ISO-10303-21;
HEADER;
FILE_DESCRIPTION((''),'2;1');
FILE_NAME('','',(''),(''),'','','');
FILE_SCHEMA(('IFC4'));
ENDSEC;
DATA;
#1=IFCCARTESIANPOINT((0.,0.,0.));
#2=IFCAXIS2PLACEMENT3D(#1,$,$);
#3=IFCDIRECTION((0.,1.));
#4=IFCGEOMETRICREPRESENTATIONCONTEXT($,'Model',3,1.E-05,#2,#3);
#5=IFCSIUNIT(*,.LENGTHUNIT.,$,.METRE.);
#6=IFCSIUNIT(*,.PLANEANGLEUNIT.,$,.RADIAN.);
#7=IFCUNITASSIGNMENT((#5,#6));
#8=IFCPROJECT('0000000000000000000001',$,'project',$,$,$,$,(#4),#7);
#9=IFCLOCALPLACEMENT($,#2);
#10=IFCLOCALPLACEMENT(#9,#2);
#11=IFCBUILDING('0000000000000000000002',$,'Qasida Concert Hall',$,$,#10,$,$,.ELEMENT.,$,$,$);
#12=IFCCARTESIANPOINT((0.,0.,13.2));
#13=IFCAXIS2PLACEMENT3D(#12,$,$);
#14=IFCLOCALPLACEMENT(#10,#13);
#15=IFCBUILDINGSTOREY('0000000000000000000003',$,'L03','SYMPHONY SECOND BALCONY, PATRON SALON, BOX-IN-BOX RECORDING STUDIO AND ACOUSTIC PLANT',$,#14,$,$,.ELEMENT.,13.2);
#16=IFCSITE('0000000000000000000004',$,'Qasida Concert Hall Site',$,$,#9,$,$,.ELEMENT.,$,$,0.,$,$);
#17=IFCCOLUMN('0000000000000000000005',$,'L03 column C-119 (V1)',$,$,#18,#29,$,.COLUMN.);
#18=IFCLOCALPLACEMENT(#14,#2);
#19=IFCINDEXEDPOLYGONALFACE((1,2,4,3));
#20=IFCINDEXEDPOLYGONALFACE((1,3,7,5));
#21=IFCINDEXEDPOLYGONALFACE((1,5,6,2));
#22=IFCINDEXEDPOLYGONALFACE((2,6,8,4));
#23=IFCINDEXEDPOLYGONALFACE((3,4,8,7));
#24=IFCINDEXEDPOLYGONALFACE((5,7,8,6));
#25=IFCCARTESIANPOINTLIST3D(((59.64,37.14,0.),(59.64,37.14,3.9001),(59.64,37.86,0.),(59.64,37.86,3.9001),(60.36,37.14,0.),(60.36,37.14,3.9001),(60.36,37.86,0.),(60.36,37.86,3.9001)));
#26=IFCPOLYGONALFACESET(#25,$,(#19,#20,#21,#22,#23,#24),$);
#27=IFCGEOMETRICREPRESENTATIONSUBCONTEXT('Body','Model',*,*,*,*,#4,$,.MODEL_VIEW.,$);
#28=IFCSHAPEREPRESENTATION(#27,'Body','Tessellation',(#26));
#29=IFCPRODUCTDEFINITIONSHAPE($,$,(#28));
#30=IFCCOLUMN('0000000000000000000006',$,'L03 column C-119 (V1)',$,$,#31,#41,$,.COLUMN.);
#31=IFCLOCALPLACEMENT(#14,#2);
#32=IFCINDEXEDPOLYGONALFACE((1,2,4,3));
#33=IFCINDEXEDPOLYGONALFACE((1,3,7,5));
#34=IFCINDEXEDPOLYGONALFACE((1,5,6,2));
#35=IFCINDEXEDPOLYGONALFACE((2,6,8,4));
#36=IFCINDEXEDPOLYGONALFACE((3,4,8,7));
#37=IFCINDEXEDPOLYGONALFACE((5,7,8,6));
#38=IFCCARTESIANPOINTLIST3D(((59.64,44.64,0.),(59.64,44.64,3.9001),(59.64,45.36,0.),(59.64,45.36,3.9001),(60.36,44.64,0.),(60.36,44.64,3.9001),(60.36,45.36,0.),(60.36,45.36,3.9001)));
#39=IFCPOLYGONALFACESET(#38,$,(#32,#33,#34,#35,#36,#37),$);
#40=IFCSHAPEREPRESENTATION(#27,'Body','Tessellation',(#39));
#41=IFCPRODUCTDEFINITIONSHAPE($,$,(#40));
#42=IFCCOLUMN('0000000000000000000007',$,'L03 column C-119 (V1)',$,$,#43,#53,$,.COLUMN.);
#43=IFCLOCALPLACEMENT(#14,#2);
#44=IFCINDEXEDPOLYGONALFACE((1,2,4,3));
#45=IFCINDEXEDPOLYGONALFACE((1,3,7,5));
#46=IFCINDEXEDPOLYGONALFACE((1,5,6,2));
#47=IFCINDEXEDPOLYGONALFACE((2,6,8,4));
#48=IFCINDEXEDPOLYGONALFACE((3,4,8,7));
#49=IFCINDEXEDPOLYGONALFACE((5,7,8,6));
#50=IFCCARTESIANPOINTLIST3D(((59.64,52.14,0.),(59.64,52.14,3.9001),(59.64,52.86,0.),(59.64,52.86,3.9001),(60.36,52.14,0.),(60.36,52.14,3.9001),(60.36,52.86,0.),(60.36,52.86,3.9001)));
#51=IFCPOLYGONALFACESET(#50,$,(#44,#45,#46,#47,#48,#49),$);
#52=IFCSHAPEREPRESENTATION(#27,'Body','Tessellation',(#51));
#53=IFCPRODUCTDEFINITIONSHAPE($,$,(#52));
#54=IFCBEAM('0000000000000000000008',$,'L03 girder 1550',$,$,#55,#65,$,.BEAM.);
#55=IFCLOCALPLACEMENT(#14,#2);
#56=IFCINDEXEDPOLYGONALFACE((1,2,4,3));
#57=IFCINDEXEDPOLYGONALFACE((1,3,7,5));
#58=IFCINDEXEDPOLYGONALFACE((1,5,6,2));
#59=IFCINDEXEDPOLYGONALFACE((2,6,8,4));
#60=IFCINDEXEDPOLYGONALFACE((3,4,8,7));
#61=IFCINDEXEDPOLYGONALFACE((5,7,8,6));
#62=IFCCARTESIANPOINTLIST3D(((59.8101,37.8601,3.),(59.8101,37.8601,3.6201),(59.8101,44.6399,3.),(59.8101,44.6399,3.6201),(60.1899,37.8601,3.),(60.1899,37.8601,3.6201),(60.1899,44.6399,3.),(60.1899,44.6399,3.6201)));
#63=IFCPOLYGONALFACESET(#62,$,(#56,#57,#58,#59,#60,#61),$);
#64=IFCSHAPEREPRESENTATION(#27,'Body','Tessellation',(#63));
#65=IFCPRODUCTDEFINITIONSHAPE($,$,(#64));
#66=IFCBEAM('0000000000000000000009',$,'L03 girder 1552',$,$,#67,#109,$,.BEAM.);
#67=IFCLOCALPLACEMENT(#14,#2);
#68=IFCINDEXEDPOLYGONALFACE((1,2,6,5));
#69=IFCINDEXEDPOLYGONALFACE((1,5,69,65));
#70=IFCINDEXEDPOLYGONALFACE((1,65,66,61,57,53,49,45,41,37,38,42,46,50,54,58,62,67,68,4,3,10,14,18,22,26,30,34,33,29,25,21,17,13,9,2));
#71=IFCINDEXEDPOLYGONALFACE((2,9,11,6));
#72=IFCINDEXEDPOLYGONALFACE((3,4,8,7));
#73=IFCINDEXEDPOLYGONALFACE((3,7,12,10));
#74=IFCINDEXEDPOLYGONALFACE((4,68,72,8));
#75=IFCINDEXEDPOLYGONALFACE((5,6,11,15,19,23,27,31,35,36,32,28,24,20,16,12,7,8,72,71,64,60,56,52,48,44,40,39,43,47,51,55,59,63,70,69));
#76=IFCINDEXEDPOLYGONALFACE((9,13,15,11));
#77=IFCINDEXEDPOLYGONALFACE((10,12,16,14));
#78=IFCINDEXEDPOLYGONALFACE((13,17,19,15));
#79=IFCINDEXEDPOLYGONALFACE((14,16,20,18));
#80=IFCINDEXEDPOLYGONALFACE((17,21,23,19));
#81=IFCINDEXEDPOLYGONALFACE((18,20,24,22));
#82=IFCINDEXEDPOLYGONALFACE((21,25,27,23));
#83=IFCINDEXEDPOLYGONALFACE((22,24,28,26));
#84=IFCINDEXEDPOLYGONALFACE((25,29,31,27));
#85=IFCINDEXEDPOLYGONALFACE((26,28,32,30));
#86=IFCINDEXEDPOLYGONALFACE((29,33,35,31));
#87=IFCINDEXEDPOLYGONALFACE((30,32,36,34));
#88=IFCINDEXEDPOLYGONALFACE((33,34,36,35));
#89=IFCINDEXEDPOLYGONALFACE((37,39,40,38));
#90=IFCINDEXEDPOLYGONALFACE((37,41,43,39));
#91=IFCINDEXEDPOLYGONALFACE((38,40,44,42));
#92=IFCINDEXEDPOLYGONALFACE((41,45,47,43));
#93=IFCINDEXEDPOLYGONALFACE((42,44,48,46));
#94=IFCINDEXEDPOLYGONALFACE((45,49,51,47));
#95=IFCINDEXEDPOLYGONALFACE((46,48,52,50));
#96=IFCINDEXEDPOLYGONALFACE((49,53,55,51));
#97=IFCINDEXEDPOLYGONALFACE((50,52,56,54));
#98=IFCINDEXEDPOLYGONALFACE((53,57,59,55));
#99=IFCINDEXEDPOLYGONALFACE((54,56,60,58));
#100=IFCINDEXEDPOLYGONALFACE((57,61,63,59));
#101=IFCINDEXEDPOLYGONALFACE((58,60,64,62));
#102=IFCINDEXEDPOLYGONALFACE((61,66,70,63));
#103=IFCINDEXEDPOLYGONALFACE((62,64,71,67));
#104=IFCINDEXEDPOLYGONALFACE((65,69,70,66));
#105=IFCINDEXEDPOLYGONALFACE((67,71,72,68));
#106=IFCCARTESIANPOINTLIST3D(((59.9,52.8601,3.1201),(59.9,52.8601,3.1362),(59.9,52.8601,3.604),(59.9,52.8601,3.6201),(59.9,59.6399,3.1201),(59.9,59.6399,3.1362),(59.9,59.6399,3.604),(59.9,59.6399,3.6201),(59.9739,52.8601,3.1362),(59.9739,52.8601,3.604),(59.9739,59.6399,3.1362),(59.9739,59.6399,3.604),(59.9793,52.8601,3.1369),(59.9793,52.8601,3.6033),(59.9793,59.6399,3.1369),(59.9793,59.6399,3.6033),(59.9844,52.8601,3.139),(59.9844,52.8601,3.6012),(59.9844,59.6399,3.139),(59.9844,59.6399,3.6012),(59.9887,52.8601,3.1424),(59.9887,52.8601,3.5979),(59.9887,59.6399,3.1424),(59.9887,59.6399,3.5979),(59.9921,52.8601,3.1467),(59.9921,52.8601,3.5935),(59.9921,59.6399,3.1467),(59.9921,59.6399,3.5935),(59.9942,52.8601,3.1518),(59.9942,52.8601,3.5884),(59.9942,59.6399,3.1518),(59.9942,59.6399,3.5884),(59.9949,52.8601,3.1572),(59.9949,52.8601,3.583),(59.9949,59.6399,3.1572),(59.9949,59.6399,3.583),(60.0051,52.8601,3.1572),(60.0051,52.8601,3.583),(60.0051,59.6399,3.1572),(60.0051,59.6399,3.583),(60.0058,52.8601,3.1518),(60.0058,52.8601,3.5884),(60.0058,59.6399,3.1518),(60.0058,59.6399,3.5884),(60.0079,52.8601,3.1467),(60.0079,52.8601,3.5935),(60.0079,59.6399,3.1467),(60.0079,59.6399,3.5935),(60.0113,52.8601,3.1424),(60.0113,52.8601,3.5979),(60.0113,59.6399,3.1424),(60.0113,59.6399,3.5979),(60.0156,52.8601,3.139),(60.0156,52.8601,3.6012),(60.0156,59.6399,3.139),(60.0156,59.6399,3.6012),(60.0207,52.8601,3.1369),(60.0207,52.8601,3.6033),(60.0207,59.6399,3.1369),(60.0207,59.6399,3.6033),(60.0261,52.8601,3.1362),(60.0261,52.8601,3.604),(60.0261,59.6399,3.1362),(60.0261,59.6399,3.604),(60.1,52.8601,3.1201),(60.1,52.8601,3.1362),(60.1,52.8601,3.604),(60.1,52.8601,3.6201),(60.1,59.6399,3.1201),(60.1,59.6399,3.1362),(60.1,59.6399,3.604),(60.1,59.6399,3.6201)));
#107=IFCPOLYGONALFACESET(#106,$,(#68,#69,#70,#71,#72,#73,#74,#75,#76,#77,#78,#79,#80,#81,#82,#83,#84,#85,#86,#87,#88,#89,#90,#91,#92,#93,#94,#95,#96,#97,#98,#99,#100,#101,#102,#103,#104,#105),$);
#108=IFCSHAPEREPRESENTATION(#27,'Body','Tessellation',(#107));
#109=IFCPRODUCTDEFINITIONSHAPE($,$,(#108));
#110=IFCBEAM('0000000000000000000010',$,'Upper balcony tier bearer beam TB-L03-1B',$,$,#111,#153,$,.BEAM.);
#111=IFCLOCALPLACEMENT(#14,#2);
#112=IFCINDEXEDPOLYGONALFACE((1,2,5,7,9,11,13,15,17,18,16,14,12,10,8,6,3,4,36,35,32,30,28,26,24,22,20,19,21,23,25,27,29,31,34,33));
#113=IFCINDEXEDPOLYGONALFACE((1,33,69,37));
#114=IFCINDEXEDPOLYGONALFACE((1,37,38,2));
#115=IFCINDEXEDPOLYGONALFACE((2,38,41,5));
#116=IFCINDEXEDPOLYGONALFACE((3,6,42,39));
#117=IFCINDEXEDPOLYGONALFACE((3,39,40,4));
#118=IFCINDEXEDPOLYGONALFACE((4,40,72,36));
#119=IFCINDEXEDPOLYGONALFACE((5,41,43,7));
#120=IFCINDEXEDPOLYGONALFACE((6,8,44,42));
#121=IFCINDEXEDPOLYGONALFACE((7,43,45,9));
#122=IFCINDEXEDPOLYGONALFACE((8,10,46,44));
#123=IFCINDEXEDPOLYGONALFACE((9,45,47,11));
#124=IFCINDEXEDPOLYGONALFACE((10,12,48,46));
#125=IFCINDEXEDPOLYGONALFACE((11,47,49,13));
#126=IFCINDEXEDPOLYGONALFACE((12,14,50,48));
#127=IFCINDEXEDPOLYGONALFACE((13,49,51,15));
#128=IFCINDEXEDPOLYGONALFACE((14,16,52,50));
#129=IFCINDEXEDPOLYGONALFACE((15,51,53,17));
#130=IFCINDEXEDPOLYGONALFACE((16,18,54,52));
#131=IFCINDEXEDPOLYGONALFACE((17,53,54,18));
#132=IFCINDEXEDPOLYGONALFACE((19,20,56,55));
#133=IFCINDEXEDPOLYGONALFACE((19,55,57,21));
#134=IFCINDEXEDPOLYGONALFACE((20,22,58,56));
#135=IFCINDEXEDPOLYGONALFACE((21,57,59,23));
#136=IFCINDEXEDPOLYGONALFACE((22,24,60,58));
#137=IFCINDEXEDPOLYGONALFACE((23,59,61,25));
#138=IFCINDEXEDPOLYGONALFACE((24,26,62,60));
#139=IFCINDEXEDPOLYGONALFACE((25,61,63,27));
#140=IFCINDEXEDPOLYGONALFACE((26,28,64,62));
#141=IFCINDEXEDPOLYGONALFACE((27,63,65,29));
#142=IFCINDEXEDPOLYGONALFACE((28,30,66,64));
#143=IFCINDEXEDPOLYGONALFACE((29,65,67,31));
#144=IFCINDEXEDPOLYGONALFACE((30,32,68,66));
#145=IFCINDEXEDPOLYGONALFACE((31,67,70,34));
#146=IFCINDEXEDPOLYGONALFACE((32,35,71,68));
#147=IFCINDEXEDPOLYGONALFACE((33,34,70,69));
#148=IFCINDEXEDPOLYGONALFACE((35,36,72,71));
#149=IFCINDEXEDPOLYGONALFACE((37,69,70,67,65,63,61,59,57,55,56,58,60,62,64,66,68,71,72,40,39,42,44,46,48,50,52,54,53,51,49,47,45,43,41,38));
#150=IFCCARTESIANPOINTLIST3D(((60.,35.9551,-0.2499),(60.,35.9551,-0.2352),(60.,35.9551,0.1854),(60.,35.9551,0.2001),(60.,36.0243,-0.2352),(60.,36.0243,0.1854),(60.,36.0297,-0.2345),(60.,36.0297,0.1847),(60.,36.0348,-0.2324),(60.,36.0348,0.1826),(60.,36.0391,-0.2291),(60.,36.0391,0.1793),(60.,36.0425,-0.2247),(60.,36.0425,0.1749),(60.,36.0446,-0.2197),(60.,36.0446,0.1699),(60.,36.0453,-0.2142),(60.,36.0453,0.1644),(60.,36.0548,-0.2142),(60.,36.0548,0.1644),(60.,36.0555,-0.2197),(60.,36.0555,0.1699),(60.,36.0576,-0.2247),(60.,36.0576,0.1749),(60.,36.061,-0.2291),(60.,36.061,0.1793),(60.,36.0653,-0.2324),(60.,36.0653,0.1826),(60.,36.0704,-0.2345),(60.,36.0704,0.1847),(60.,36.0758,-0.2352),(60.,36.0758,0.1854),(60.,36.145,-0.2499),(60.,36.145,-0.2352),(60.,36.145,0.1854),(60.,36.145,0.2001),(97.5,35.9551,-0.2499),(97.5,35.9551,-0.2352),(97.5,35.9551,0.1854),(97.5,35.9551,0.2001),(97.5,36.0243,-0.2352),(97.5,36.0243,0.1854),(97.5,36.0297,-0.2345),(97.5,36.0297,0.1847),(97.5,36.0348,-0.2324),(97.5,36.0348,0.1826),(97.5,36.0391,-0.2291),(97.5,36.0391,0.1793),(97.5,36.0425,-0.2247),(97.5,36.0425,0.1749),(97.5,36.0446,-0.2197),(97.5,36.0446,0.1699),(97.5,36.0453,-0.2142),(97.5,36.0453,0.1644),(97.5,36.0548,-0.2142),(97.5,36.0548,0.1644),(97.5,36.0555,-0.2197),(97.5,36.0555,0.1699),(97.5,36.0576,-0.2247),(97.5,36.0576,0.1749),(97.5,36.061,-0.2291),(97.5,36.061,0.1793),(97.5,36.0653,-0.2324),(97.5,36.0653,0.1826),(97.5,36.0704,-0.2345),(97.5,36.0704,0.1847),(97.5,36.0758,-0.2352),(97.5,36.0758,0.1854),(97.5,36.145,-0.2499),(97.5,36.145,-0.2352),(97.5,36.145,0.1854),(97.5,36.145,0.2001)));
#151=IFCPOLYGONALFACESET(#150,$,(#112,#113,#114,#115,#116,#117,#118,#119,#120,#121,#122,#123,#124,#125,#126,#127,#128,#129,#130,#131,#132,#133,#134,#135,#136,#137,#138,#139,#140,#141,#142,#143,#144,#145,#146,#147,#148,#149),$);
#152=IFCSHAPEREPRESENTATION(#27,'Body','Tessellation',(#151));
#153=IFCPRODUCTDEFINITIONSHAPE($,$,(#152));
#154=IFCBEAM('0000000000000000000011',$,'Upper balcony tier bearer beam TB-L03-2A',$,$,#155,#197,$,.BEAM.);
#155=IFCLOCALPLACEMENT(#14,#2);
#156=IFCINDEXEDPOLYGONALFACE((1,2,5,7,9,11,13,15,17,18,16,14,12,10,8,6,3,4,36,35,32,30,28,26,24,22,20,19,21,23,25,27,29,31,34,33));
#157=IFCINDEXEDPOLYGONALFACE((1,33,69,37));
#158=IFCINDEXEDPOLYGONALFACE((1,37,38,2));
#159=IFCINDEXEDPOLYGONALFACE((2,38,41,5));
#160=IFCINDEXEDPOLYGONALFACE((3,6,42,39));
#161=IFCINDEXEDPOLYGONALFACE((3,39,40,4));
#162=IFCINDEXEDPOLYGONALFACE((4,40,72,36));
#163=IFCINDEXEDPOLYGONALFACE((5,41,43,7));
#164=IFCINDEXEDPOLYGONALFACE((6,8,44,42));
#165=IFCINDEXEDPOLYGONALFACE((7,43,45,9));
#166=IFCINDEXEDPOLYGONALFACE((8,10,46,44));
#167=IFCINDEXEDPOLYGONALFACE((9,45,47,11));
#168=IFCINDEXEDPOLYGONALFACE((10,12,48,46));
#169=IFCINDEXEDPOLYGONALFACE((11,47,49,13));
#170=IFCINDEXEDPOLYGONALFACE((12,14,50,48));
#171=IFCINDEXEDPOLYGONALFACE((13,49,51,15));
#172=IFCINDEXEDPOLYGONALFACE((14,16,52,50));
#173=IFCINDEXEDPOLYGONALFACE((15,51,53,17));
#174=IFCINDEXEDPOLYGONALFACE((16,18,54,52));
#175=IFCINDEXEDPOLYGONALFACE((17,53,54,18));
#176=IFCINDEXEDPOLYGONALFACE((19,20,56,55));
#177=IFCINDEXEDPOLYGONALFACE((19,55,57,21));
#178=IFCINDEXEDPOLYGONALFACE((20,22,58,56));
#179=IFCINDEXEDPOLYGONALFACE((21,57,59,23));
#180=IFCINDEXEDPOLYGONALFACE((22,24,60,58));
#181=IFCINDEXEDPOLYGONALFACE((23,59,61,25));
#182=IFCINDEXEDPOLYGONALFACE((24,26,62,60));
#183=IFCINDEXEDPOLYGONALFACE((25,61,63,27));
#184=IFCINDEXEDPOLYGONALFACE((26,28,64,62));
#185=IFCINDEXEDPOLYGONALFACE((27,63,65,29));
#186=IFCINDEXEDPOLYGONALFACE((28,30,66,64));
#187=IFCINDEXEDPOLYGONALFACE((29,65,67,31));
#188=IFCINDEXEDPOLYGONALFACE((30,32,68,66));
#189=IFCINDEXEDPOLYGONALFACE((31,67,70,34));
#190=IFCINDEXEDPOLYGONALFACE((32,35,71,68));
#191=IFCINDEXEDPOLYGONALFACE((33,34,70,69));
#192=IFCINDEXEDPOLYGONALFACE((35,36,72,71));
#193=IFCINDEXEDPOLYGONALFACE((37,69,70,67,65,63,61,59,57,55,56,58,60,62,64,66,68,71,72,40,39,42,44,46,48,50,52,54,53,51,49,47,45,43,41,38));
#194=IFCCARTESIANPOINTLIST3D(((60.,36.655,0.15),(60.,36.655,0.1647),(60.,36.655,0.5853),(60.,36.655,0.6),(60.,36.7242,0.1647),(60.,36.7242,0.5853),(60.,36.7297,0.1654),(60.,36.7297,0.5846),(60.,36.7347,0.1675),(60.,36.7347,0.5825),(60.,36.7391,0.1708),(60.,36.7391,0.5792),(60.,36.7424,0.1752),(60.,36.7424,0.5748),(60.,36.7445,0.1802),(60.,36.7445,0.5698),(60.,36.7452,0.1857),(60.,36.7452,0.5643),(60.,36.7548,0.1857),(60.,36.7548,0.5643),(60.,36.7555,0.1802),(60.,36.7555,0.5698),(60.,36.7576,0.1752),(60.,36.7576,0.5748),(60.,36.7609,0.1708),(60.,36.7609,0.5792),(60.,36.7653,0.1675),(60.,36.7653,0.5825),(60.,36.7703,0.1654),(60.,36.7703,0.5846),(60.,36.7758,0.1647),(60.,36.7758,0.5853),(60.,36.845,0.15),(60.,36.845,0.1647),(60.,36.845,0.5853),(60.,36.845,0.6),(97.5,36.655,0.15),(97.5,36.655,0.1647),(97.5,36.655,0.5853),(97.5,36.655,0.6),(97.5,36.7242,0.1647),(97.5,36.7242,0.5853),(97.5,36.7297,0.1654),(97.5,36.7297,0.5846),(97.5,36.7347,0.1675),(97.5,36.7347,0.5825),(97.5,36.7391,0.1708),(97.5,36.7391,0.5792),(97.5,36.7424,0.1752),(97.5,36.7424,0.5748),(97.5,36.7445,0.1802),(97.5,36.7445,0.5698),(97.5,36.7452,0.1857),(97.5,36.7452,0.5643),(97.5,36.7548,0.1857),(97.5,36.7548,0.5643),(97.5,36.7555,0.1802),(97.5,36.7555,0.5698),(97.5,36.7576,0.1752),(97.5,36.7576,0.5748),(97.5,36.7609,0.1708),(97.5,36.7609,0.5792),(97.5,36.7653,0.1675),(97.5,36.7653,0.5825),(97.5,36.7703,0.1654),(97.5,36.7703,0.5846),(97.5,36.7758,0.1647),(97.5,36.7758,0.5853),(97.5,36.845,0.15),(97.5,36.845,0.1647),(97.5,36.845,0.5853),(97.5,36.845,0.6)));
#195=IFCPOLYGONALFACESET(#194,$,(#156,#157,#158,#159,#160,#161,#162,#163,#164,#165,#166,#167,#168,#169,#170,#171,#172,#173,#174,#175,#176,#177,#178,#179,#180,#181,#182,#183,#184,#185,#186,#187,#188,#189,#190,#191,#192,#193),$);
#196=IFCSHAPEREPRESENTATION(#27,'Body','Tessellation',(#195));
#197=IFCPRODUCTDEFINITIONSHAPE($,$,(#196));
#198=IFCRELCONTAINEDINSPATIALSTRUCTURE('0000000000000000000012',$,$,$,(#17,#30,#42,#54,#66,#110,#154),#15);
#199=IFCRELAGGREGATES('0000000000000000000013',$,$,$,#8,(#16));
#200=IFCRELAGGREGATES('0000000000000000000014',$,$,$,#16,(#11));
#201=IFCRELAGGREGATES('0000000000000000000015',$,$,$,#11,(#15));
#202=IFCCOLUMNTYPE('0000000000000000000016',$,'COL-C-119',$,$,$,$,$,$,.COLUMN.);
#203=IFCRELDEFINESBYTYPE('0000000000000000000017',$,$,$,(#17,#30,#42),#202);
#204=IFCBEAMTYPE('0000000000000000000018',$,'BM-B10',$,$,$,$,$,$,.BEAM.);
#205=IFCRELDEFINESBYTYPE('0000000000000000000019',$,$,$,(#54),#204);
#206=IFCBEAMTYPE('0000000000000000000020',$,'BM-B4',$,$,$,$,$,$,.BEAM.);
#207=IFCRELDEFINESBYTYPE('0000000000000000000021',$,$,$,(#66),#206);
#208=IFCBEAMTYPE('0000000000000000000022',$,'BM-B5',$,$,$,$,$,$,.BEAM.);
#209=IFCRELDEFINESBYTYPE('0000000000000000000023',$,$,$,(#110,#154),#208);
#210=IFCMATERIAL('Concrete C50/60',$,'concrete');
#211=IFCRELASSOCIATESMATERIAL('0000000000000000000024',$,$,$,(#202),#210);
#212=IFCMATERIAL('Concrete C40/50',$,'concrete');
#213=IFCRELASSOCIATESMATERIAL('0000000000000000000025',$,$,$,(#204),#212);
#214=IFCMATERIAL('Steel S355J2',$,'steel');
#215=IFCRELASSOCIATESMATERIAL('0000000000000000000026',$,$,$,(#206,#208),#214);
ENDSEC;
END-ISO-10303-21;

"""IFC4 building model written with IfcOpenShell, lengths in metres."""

from ifc_helpers import new_model, si_unit, direction, frame, origin, origin_2d, place, context, subcontext, project, spatial, rectangle, i_section, extrude, material, material_profile, profile_set, type_object, element, save


model = new_model("IFC4")

# Units and contexts
model_context = context("Model", 3, precision=1e-05, world=origin(), true_north=direction((0.0, 1.0)))
body_context = subcontext(model_context, "Body", "Model", "MODEL_VIEW")
ifc_project = project(units=[si_unit("LENGTHUNIT", "METRE"), si_unit("PLANEANGLEUNIT", "RADIAN")], contexts=[model_context])

# Site, building, storey
site_placement = place(None, origin())
site = spatial("IfcSite", under=ifc_project, at=site_placement, Name="Qasida Concert Hall Site", CompositionType="ELEMENT", RefElevation=0.0)
building_placement = place(site_placement, origin())
building = spatial("IfcBuilding", under=site, at=building_placement, Name="Qasida Concert Hall", CompositionType="ELEMENT")
storey_placement = place(building_placement, frame((0.0, 0.0, 13.2)))
storey = spatial("IfcBuildingStorey", under=building, at=storey_placement, Name="L03", Description="SYMPHONY SECOND BALCONY, PATRON SALON, BOX-IN-BOX RECORDING STUDIO AND ACOUSTIC PLANT", CompositionType="ELEMENT", Elevation=13.2)

# Columns
ifc_material_1 = material(Name="Concrete C50/60", Category="concrete")
ifc_material_profile_1 = material_profile(ifc_material_1, rectangle(XDim=0.72, YDim=0.72, at=origin_2d()), Name="RC 720x720")
ifc_profile_set_1 = profile_set([ifc_material_profile_1], Name="Concrete C50/60")
column_type = type_object("IfcColumnType", Name="COL-C-119", PredefinedType="COLUMN", material=ifc_profile_set_1)
for number, where, z_axis, x_axis, name in (
    (1, (60.0, 37.5, 0.0), (0.0, 0.0, 1.0), (1.0, 0.0, 0.0), "L03 column C-119 (V1)"),
    (2, (60.0, 45.0, 0.0), (0.0, 0.0, 1.0), (1.0, 0.0, 0.0), "L03 column C-119 (V1)"),
    (3, (60.0, 52.5, 0.0), (0.0, 0.0, 1.0), (1.0, 0.0, 0.0), "L03 column C-119 (V1)"),
):
    element("IfcColumn", number, at=place(storey_placement, frame(where, z_axis=z_axis, x_axis=x_axis)), inside=storey, type_object=column_type, Name=name, PredefinedType="COLUMN", context=body_context, shape_type="SweptSolid", body=[
        extrude(rectangle(XDim=0.72, YDim=0.72, at=origin_2d()), origin(), (0.0, 0.0, 1.0), 3.9001),
    ])

# Beams
ifc_material_2 = material(Name="Concrete C40/50", Category="concrete")
ifc_material_profile_2 = material_profile(ifc_material_2, rectangle(XDim=0.3799, YDim=0.6201, at=origin_2d()), Name="RC 380x620")
ifc_profile_set_2 = profile_set([ifc_material_profile_2], Name="Concrete C40/50")
beam_type_1 = type_object("IfcBeamType", Name="BM-B10", PredefinedType="BEAM", material=ifc_profile_set_2)
beam_1_placement = place(storey_placement, frame((60.0, 37.8601, 3.3101), z_axis=(0.0, 1.0, 0.0), x_axis=(-1.0, 0.0, 0.0)))
element("IfcBeam", 4, at=beam_1_placement, inside=storey, type_object=beam_type_1, Name="L03 girder 1550", PredefinedType="BEAM", context=body_context, shape_type="SweptSolid", body=[
    extrude(rectangle(XDim=0.3799, YDim=0.6201, at=origin_2d()), origin(), (0.0, 0.0, 1.0), 6.7798),
])
ifc_material_3 = material(Name="Steel S355J2", Category="steel")
ifc_material_profile_3 = material_profile(ifc_material_3, i_section(OverallWidth=0.2, OverallDepth=0.5, WebThickness=0.0103, FlangeThickness=0.0161, FilletRadius=0.021, at=origin_2d()), Name="IPE 500")
ifc_profile_set_3 = profile_set([ifc_material_profile_3], Name="Steel S355J2")
beam_type_2 = type_object("IfcBeamType", Name="BM-B4", PredefinedType="BEAM", material=ifc_profile_set_3)
beam_2_placement = place(storey_placement, frame((60.0, 52.8601, 3.3701), z_axis=(0.0, 1.0, 0.0), x_axis=(-1.0, 0.0, 0.0)))
element("IfcBeam", 5, at=beam_2_placement, inside=storey, type_object=beam_type_2, Name="L03 girder 1552", PredefinedType="BEAM", context=body_context, shape_type="SweptSolid", body=[
    extrude(i_section(OverallWidth=0.2, OverallDepth=0.5, WebThickness=0.0103, FlangeThickness=0.0161, FilletRadius=0.021, at=origin_2d()), origin(), (0.0, 0.0, 1.0), 6.7798),
])
ifc_material_profile_4 = material_profile(ifc_material_3, i_section(OverallWidth=0.1899, OverallDepth=0.45, WebThickness=0.0095, FlangeThickness=0.0146, FilletRadius=0.021, at=origin_2d()), Name="IPE 450")
ifc_profile_set_4 = profile_set([ifc_material_profile_4], Name="Steel S355J2")
beam_type_3 = type_object("IfcBeamType", Name="BM-B5", PredefinedType="BEAM", material=ifc_profile_set_4)
for number, where, z_axis, x_axis, name in (
    (6, (60.0, 36.05, -0.0249), (1.0, 0.0, 0.0), (0.0, 1.0, 0.0), "Upper balcony tier bearer beam TB-L03-1B"),
    (7, (60.0, 36.75, 0.375), (1.0, 0.0, 0.0), (0.0, 1.0, 0.0), "Upper balcony tier bearer beam TB-L03-2A"),
):
    element("IfcBeam", number, at=place(storey_placement, frame(where, z_axis=z_axis, x_axis=x_axis)), inside=storey, type_object=beam_type_3, Name=name, PredefinedType="BEAM", context=body_context, shape_type="SweptSolid", body=[
        extrude(i_section(OverallWidth=0.1899, OverallDepth=0.45, WebThickness=0.0095, FlangeThickness=0.0146, FilletRadius=0.021, at=origin_2d()), origin(), (0.0, 0.0, 1.0), 37.5),
    ])

save(model, "model.ifc")
